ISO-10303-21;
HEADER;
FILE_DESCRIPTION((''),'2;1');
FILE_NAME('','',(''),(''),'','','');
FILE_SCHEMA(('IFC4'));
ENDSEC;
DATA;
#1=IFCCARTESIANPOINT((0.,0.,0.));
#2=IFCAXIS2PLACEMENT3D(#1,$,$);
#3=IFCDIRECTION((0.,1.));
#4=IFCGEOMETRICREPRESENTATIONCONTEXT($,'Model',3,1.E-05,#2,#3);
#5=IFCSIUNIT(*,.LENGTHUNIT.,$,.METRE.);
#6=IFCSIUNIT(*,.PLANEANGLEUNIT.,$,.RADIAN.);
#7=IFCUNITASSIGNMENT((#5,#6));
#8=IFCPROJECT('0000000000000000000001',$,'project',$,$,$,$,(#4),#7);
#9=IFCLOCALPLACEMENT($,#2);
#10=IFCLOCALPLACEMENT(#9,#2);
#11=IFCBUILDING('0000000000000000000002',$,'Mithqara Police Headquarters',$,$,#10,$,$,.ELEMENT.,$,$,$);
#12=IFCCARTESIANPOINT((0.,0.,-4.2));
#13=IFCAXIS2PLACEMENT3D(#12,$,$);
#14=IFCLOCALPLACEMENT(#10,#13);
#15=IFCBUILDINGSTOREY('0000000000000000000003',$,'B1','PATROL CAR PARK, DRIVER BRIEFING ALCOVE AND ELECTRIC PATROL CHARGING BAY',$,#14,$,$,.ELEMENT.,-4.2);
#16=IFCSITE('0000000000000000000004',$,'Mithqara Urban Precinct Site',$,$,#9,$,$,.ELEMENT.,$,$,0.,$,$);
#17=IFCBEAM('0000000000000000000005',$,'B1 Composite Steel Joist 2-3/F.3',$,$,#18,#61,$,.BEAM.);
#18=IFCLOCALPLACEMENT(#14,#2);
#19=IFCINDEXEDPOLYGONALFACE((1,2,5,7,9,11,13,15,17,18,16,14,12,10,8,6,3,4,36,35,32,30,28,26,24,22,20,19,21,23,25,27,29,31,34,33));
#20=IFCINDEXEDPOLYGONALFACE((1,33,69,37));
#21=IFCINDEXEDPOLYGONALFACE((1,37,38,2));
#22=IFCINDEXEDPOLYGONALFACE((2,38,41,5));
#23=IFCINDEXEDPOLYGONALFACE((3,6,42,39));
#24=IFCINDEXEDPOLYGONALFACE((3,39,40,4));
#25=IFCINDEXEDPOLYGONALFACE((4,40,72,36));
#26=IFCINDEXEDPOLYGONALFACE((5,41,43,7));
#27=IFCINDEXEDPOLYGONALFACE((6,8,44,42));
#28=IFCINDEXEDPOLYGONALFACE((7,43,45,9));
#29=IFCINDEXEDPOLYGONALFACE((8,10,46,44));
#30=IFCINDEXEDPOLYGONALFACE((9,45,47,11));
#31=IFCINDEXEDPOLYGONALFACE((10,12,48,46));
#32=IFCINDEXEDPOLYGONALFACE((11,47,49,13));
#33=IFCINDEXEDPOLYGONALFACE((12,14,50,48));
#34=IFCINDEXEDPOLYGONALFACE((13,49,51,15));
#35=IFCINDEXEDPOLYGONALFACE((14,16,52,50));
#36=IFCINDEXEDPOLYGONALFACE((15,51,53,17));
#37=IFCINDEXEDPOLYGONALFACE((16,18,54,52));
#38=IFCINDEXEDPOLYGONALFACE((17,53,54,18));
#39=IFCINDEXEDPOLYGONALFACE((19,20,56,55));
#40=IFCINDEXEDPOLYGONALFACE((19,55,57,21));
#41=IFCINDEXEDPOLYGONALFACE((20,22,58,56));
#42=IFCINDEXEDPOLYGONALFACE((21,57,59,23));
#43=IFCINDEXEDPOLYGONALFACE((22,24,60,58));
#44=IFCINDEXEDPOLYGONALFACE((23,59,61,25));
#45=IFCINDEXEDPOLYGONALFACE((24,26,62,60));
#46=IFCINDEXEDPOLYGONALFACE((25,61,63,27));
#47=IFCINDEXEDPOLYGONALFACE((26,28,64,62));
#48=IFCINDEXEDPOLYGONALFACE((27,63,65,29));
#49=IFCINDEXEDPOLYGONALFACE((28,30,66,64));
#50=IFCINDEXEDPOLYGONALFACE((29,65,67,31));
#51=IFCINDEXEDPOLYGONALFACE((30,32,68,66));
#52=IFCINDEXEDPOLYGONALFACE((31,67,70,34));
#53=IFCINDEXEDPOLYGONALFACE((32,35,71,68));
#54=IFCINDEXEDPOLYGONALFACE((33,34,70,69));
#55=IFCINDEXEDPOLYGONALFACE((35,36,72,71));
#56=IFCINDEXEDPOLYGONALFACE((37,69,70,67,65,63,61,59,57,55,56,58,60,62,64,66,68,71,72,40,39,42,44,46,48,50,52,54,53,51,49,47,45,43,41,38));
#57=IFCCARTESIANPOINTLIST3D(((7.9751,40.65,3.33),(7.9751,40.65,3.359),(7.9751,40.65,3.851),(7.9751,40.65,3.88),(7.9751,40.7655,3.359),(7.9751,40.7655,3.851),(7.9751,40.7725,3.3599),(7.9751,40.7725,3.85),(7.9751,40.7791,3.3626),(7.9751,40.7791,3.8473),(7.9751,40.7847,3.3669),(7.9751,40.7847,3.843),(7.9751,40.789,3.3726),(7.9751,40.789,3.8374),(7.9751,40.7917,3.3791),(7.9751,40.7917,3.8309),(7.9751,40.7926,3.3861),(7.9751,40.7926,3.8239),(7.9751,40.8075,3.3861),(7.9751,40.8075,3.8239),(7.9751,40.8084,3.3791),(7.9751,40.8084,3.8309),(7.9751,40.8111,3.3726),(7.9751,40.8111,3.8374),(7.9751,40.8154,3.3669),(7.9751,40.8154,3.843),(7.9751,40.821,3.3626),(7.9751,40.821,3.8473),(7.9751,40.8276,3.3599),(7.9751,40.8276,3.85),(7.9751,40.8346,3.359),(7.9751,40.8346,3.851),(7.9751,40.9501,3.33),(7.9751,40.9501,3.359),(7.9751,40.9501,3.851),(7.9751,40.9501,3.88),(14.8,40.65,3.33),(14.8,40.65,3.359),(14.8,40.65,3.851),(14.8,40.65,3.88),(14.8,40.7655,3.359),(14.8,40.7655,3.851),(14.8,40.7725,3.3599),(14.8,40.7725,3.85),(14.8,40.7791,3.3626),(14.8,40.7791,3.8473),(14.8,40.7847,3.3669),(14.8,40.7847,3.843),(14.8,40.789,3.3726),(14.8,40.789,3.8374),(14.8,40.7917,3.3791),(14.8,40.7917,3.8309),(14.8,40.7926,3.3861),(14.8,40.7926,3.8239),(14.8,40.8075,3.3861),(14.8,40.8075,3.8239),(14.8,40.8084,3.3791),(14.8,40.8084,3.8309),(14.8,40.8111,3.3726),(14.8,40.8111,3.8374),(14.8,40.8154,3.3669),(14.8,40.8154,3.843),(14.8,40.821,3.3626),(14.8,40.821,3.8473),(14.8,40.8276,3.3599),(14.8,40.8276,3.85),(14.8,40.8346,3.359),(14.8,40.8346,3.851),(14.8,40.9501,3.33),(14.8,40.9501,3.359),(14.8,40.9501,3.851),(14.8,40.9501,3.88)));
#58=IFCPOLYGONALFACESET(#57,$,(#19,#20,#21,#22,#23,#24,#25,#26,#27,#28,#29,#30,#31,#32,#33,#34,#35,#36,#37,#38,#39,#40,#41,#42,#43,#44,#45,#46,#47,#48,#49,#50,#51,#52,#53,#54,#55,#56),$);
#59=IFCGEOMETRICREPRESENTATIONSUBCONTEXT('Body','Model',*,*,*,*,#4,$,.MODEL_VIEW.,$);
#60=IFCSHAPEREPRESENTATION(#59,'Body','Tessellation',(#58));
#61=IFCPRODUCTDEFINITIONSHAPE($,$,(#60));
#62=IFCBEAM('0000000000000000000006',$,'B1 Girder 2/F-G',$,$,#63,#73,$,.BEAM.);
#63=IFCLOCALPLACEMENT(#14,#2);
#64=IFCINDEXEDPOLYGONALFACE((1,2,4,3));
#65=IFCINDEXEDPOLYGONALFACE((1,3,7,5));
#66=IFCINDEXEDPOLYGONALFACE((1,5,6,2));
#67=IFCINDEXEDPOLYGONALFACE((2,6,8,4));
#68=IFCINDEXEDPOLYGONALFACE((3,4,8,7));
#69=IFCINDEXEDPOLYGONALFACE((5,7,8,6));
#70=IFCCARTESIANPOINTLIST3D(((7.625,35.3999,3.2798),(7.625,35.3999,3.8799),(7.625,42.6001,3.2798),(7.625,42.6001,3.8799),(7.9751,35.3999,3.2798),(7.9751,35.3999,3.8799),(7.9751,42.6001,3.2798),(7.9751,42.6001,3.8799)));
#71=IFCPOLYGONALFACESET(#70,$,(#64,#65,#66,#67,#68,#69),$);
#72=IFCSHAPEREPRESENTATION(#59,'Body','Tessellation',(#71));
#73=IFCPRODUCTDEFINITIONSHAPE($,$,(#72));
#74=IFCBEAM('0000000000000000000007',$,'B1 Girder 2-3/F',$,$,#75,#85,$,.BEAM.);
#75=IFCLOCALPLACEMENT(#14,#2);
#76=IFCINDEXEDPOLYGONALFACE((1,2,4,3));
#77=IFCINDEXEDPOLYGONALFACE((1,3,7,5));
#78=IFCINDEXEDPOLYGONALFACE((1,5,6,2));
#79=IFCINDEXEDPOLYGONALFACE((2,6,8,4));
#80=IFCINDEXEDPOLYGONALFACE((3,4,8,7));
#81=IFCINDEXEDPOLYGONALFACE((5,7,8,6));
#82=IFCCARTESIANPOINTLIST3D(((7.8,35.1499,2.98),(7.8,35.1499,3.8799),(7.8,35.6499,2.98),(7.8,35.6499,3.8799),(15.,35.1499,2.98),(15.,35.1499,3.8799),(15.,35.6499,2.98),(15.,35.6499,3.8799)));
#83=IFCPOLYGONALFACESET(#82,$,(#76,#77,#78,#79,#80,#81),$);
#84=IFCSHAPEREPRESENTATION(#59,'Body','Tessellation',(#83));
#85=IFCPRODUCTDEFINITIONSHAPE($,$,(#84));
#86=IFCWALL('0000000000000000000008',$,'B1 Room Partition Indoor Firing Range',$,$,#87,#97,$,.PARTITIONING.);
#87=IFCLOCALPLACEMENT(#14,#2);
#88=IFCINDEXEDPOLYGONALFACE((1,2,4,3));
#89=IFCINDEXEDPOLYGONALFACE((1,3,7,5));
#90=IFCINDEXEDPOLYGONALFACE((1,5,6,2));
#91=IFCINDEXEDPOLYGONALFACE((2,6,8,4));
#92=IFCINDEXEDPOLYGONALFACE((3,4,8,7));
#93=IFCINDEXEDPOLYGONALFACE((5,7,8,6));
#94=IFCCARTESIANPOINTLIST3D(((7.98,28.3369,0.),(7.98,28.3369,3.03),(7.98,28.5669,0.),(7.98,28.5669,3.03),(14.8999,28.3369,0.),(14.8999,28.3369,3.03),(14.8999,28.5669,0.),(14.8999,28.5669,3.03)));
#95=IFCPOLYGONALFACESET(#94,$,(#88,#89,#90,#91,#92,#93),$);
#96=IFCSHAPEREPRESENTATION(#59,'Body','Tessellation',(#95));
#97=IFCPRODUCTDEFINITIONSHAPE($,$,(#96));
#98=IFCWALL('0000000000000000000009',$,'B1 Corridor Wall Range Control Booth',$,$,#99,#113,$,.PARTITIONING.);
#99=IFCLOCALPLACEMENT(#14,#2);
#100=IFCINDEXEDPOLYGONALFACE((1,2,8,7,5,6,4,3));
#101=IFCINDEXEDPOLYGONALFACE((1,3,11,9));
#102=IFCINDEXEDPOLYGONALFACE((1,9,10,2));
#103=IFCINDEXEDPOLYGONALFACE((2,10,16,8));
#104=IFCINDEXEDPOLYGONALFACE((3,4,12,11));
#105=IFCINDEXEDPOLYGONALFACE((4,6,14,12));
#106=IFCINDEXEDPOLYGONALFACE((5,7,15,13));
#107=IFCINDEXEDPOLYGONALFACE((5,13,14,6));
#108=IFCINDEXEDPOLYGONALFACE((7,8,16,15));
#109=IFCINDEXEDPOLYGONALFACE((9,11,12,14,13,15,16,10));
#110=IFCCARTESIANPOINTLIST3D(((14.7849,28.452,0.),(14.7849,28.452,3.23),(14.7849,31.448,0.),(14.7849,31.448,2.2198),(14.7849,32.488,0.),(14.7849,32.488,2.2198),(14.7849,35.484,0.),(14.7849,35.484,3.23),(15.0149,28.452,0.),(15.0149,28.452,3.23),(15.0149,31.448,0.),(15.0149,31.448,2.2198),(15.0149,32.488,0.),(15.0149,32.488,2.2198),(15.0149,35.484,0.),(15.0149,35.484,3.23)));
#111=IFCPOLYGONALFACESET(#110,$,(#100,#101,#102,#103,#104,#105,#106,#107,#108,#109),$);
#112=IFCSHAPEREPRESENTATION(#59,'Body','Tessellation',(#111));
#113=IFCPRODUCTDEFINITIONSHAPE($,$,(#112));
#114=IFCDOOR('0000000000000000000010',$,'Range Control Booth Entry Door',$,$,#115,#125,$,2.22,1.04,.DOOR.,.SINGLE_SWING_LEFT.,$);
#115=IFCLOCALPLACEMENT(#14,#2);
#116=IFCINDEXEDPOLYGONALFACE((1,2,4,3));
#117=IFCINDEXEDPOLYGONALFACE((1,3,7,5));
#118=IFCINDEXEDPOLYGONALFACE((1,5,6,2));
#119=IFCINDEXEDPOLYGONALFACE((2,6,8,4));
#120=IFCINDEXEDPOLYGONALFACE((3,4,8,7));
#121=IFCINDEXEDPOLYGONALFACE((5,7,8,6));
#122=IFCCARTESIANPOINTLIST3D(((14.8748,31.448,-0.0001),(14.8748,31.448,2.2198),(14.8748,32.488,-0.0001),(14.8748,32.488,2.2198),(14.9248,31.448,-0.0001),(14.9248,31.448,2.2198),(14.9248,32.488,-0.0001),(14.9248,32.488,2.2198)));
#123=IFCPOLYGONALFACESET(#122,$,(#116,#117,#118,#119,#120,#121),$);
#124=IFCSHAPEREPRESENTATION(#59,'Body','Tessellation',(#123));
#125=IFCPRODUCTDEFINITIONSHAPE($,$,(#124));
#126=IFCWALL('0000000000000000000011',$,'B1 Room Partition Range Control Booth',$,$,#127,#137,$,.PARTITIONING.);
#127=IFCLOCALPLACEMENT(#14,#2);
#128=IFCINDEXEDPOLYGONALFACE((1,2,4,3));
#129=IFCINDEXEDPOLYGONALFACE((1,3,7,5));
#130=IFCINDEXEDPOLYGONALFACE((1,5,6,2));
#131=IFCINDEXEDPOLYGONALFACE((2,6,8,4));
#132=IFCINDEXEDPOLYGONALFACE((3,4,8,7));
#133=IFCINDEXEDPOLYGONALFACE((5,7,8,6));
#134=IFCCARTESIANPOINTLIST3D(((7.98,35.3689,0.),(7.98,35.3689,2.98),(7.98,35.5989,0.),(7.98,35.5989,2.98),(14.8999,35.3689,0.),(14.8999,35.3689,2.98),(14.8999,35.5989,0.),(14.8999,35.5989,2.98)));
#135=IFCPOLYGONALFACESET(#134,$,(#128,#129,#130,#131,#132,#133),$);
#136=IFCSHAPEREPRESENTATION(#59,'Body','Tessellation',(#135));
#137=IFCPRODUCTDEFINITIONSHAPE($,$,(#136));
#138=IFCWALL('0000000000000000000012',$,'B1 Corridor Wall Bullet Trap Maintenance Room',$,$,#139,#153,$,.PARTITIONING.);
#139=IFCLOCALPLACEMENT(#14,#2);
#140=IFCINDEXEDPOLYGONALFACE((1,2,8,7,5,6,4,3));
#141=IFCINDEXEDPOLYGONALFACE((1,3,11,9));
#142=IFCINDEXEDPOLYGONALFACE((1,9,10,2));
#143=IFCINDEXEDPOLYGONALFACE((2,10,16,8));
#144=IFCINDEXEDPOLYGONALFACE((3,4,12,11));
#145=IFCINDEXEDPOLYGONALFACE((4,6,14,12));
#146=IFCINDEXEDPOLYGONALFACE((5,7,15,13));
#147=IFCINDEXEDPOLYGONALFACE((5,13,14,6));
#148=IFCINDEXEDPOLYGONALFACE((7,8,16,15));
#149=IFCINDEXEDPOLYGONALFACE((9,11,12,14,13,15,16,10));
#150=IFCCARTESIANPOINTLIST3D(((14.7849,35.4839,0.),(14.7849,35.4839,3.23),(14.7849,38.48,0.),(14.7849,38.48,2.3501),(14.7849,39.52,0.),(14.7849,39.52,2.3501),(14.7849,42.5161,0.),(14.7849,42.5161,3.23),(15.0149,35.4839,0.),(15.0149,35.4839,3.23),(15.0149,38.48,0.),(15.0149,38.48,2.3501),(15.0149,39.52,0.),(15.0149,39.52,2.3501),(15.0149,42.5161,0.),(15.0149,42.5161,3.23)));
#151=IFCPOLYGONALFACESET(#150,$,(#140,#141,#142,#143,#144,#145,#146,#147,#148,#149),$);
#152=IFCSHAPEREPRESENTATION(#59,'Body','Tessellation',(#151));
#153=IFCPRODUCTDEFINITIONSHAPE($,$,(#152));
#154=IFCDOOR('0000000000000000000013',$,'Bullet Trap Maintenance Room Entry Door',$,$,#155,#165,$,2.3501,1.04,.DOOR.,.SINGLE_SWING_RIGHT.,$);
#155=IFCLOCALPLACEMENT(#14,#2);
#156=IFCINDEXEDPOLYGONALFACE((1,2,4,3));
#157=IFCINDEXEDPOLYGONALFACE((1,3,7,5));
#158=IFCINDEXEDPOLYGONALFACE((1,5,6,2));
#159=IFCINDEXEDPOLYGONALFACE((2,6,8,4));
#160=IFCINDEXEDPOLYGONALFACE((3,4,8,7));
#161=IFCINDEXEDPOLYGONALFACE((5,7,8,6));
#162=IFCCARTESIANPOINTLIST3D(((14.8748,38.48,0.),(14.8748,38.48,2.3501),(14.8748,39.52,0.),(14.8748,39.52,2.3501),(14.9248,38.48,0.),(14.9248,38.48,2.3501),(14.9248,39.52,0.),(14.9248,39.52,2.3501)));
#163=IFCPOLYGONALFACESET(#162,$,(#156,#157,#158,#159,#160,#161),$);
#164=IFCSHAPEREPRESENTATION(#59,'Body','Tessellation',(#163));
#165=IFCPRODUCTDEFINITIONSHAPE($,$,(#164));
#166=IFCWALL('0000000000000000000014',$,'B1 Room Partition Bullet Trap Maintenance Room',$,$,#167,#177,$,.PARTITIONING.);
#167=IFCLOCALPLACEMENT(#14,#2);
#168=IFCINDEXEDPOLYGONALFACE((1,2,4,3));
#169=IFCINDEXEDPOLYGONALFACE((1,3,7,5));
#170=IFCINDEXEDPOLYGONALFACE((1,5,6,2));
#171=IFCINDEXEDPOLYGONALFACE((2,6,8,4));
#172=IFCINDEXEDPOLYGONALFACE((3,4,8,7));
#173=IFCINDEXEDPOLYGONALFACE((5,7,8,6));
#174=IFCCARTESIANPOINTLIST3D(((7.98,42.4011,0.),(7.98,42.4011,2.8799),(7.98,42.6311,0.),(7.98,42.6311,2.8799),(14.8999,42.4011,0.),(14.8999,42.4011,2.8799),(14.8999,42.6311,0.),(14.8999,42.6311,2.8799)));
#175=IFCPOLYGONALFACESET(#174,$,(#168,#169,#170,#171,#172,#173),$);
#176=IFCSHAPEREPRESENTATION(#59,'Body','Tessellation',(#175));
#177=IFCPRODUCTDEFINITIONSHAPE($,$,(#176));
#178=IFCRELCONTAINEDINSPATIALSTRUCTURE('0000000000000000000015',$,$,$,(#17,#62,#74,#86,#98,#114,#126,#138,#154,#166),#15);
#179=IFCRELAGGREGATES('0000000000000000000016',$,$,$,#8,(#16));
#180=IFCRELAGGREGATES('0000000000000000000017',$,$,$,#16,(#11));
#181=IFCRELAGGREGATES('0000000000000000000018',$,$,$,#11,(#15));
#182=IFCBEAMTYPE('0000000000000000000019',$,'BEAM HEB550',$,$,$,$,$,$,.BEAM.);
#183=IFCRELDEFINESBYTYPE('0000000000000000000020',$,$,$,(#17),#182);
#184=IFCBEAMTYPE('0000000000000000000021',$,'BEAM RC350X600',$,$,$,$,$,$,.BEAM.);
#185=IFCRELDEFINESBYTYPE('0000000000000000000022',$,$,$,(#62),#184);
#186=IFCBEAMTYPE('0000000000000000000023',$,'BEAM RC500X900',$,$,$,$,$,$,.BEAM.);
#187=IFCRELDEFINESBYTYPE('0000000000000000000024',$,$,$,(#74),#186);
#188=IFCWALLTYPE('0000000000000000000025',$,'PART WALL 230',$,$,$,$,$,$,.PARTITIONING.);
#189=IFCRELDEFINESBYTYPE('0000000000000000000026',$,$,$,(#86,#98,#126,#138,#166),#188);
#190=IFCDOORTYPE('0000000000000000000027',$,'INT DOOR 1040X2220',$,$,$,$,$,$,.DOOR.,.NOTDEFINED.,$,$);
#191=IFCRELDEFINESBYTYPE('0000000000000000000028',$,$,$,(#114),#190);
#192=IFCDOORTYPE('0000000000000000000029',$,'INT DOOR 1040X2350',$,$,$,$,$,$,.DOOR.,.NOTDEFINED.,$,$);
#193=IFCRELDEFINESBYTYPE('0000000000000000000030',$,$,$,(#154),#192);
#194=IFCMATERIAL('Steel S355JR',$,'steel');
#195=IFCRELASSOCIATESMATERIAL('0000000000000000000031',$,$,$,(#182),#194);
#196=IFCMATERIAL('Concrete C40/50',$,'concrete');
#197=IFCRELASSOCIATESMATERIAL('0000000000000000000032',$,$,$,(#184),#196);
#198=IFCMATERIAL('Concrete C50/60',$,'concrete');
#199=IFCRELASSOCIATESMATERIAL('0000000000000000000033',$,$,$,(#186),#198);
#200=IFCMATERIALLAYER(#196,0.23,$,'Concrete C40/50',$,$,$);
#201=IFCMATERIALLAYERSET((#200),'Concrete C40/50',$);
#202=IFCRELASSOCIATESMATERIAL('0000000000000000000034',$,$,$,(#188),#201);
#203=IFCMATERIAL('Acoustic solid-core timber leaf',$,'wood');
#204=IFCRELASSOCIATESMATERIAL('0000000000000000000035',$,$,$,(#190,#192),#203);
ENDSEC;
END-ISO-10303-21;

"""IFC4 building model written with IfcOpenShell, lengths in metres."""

from ifc_helpers import new_model, si_unit, direction, frame, frame_2d, origin, origin_2d, place, context, subcontext, project, spatial, rectangle, i_section, extrude, material, layer, layer_set, material_profile, profile_set, type_object, element, fill, save


model = new_model("IFC4")

# Units and contexts
model_context = context("Model", 3, precision=1e-05, world=origin(), true_north=direction((0.0, 1.0)))
body_context = subcontext(model_context, "Body", "Model", "MODEL_VIEW")
ifc_project = project(units=[si_unit("LENGTHUNIT", "METRE"), si_unit("PLANEANGLEUNIT", "RADIAN")], contexts=[model_context])

# Site, building, storey
site_placement = place(None, origin())
site = spatial("IfcSite", under=ifc_project, at=site_placement, Name="Mithqara Urban Precinct Site", CompositionType="ELEMENT", RefElevation=0.0)
building_placement = place(site_placement, origin())
building = spatial("IfcBuilding", under=site, at=building_placement, Name="Mithqara Police Headquarters", CompositionType="ELEMENT")
storey_placement = place(building_placement, frame((0.0, 0.0, -4.2)))
storey = spatial("IfcBuildingStorey", under=building, at=storey_placement, Name="B1", Description="PATROL CAR PARK, DRIVER BRIEFING ALCOVE AND ELECTRIC PATROL CHARGING BAY", CompositionType="ELEMENT", Elevation=-4.2)

# Shared definitions
ifc_material_1 = material(Name="Concrete C40/50", Category="concrete")

# Shared definitions
ifc_material_2 = material(Name="Concrete C50/60", Category="concrete")

# Beams
ifc_material_3 = material(Name="Steel S355JR", Category="steel")
ifc_material_profile_1 = material_profile(ifc_material_3, i_section(OverallWidth=0.3, OverallDepth=0.55, WebThickness=0.0149, FlangeThickness=0.0291, FilletRadius=0.0271, at=origin_2d()), Name="HEB 550")
ifc_profile_set_1 = profile_set([ifc_material_profile_1], Name="Steel S355JR")
beam_type_1 = type_object("IfcBeamType", Name="BEAM HEB550", PredefinedType="BEAM", material=ifc_profile_set_1)
for number, where, z_axis, x_axis, name in (
    (1, (7.9751, 40.8, 3.605), (1.0, 0.0, 0.0), (0.0, 1.0, 0.0), "B1 Composite Steel Joist 2-3/F.3"),
):
    element("IfcBeam", number, at=place(storey_placement, frame(where, z_axis=z_axis, x_axis=x_axis)), inside=storey, type_object=beam_type_1, Name=name, PredefinedType="BEAM", context=body_context, shape_type="SweptSolid", body=[
        extrude(i_section(OverallWidth=0.3, OverallDepth=0.55, WebThickness=0.0149, FlangeThickness=0.0291, FilletRadius=0.0271, at=origin_2d()), origin(), (0.0, 0.0, 1.0), 6.825),
    ])
ifc_material_profile_2 = material_profile(ifc_material_1, rectangle(XDim=0.3501, YDim=0.6001, at=origin_2d()), Name="RC 350x600")
ifc_profile_set_2 = profile_set([ifc_material_profile_2], Name="Concrete C40/50")
beam_type_2 = type_object("IfcBeamType", Name="BEAM RC350X600", PredefinedType="BEAM", material=ifc_profile_set_2)
beam_1_placement = place(storey_placement, frame((7.8, 35.3999, 3.5798), z_axis=(0.0, 1.0, 0.0), x_axis=(-1.0, 0.0, 0.0)))
element("IfcBeam", 2, at=beam_1_placement, inside=storey, type_object=beam_type_2, Name="B1 Girder 2/F-G", PredefinedType="BEAM", context=body_context, shape_type="SweptSolid", body=[
    extrude(rectangle(XDim=0.3501, YDim=0.6001, at=origin_2d()), origin(), (0.0, 0.0, 1.0), 7.2002),
])
ifc_material_profile_3 = material_profile(ifc_material_2, rectangle(XDim=0.5, YDim=0.8999, at=origin_2d()), Name="RC 500x900")
ifc_profile_set_3 = profile_set([ifc_material_profile_3], Name="Concrete C50/60")
beam_type_3 = type_object("IfcBeamType", Name="BEAM RC500X900", PredefinedType="BEAM", material=ifc_profile_set_3)
beam_2_placement = place(storey_placement, frame((7.8, 35.3999, 3.4299), z_axis=(1.0, 0.0, 0.0), x_axis=(0.0, 1.0, 0.0)))
element("IfcBeam", 3, at=beam_2_placement, inside=storey, type_object=beam_type_3, Name="B1 Girder 2-3/F", PredefinedType="BEAM", context=body_context, shape_type="SweptSolid", body=[
    extrude(rectangle(XDim=0.5, YDim=0.8999, at=origin_2d()), origin(), (0.0, 0.0, 1.0), 7.2),
])

# Wall
ifc_layer = layer(ifc_material_1, 0.23, Name="Concrete C40/50")
ifc_layer_set = layer_set([ifc_layer], Name="Concrete C40/50")
wall_type = type_object("IfcWallType", Name="PART WALL 230", PredefinedType="PARTITIONING", material=ifc_layer_set)
wall_1_placement = place(storey_placement, frame((7.98, 28.4519, 0.0), z_axis=(0.0, 0.0, 1.0), x_axis=(1.0, 0.0, 0.0)))
element("IfcWall", 4, at=wall_1_placement, inside=storey, type_object=wall_type, Name="B1 Room Partition Indoor Firing Range", PredefinedType="PARTITIONING", context=body_context, shape_type="SweptSolid", body=[
    extrude(rectangle(XDim=6.9199, YDim=0.23, at=frame_2d((3.46, 0.0))), origin(), (0.0, 0.0, 1.0), 3.03),
])

# Wall, opening, door
wall_2_placement = place(storey_placement, frame((14.8999, 28.4519, 0.0), z_axis=(0.0, 0.0, 1.0), x_axis=(0.0, 1.0, 0.0)))
wall_2 = element("IfcWall", 5, at=wall_2_placement, inside=storey, type_object=wall_type, Name="B1 Corridor Wall Range Control Booth", PredefinedType="PARTITIONING", context=body_context, shape_type="SweptSolid", body=[
    extrude(rectangle(XDim=7.032, YDim=0.23, at=frame_2d((3.5161, 0.0))), origin(), (0.0, 0.0, 1.0), 3.23),
])
opening_1_placement = place(wall_2_placement, frame((2.9961, 0.0, 0.0)))
opening_1 = element("IfcOpeningElement", 6, at=opening_1_placement, cuts=wall_2, PredefinedType="OPENING", context=body_context, shape_type="SweptSolid", body=[
    extrude(rectangle(XDim=1.04, YDim=2.22, at=frame_2d((0.52, 1.1099))), frame((0.0, 0.125, 0.0), z_axis=(0.0, -1.0, 0.0), x_axis=(1.0, 0.0, 0.0)), (0.0, 0.0, 1.0), 0.25),
])
ifc_material_4 = material(Name="Acoustic solid-core timber leaf", Category="wood")
door_type_1 = type_object("IfcDoorType", Name="INT DOOR 1040X2220", OperationType="NOTDEFINED", PredefinedType="DOOR", material=ifc_material_4)
door_1_placement = place(opening_1_placement, frame((1.04, 0.0, 0.0), z_axis=(0.0, 0.0, 1.0), x_axis=(-1.0, 0.0, 0.0)))
door_1 = element("IfcDoor", 7, at=door_1_placement, inside=storey, type_object=door_type_1, Name="Range Control Booth Entry Door", OperationType="SINGLE_SWING_LEFT", OverallHeight=2.22, OverallWidth=1.04, PredefinedType="DOOR", context=body_context, shape_type="SweptSolid", body=[
    extrude(rectangle(XDim=1.04, YDim=2.22, at=frame_2d((0.52, 1.1099))), frame((0.0, 0.0249, 0.0), z_axis=(0.0, -1.0, 0.0), x_axis=(1.0, 0.0, 0.0)), (0.0, 0.0, 1.0), 0.05),
])
fill(opening_1, door_1)

# Wall
wall_3_placement = place(storey_placement, frame((7.98, 35.4839, 0.0), z_axis=(0.0, 0.0, 1.0), x_axis=(1.0, 0.0, 0.0)))
element("IfcWall", 8, at=wall_3_placement, inside=storey, type_object=wall_type, Name="B1 Room Partition Range Control Booth", PredefinedType="PARTITIONING", context=body_context, shape_type="SweptSolid", body=[
    extrude(rectangle(XDim=6.9199, YDim=0.23, at=frame_2d((3.46, 0.0))), origin(), (0.0, 0.0, 1.0), 2.98),
])

# Wall, opening, door
wall_4_placement = place(storey_placement, frame((14.8999, 35.4839, 0.0), z_axis=(0.0, 0.0, 1.0), x_axis=(0.0, 1.0, 0.0)))
wall_4 = element("IfcWall", 9, at=wall_4_placement, inside=storey, type_object=wall_type, Name="B1 Corridor Wall Bullet Trap Maintenance Room", PredefinedType="PARTITIONING", context=body_context, shape_type="SweptSolid", body=[
    extrude(rectangle(XDim=7.0322, YDim=0.23, at=frame_2d((3.5161, 0.0))), origin(), (0.0, 0.0, 1.0), 3.23),
])
opening_2_placement = place(wall_4_placement, frame((2.9961, 0.0, 0.0)))
opening_2 = element("IfcOpeningElement", 10, at=opening_2_placement, cuts=wall_4, PredefinedType="OPENING", context=body_context, shape_type="SweptSolid", body=[
    extrude(rectangle(XDim=1.04, YDim=2.3501, at=frame_2d((0.52, 1.175))), frame((0.0, 0.125, 0.0), z_axis=(0.0, -1.0, 0.0), x_axis=(1.0, 0.0, 0.0)), (0.0, 0.0, 1.0), 0.25),
])
door_type_2 = type_object("IfcDoorType", Name="INT DOOR 1040X2350", OperationType="NOTDEFINED", PredefinedType="DOOR", material=ifc_material_4)
door_2_placement = place(opening_2_placement, frame((1.04, 0.0, 0.0), z_axis=(0.0, 0.0, 1.0), x_axis=(-1.0, 0.0, 0.0)))
door_2 = element("IfcDoor", 11, at=door_2_placement, inside=storey, type_object=door_type_2, Name="Bullet Trap Maintenance Room Entry Door", OperationType="SINGLE_SWING_RIGHT", OverallHeight=2.3501, OverallWidth=1.04, PredefinedType="DOOR", context=body_context, shape_type="SweptSolid", body=[
    extrude(rectangle(XDim=1.04, YDim=2.3501, at=frame_2d((0.52, 1.175))), frame((0.0, 0.0249, 0.0), z_axis=(0.0, -1.0, 0.0), x_axis=(1.0, 0.0, 0.0)), (0.0, 0.0, 1.0), 0.05),
])
fill(opening_2, door_2)

# Wall
wall_5_placement = place(storey_placement, frame((7.98, 42.5161, 0.0), z_axis=(0.0, 0.0, 1.0), x_axis=(1.0, 0.0, 0.0)))
element("IfcWall", 12, at=wall_5_placement, inside=storey, type_object=wall_type, Name="B1 Room Partition Bullet Trap Maintenance Room", PredefinedType="PARTITIONING", context=body_context, shape_type="SweptSolid", body=[
    extrude(rectangle(XDim=6.9199, YDim=0.23, at=frame_2d((3.46, 0.0))), origin(), (0.0, 0.0, 1.0), 2.8799),
])

save(model, "model.ifc")
